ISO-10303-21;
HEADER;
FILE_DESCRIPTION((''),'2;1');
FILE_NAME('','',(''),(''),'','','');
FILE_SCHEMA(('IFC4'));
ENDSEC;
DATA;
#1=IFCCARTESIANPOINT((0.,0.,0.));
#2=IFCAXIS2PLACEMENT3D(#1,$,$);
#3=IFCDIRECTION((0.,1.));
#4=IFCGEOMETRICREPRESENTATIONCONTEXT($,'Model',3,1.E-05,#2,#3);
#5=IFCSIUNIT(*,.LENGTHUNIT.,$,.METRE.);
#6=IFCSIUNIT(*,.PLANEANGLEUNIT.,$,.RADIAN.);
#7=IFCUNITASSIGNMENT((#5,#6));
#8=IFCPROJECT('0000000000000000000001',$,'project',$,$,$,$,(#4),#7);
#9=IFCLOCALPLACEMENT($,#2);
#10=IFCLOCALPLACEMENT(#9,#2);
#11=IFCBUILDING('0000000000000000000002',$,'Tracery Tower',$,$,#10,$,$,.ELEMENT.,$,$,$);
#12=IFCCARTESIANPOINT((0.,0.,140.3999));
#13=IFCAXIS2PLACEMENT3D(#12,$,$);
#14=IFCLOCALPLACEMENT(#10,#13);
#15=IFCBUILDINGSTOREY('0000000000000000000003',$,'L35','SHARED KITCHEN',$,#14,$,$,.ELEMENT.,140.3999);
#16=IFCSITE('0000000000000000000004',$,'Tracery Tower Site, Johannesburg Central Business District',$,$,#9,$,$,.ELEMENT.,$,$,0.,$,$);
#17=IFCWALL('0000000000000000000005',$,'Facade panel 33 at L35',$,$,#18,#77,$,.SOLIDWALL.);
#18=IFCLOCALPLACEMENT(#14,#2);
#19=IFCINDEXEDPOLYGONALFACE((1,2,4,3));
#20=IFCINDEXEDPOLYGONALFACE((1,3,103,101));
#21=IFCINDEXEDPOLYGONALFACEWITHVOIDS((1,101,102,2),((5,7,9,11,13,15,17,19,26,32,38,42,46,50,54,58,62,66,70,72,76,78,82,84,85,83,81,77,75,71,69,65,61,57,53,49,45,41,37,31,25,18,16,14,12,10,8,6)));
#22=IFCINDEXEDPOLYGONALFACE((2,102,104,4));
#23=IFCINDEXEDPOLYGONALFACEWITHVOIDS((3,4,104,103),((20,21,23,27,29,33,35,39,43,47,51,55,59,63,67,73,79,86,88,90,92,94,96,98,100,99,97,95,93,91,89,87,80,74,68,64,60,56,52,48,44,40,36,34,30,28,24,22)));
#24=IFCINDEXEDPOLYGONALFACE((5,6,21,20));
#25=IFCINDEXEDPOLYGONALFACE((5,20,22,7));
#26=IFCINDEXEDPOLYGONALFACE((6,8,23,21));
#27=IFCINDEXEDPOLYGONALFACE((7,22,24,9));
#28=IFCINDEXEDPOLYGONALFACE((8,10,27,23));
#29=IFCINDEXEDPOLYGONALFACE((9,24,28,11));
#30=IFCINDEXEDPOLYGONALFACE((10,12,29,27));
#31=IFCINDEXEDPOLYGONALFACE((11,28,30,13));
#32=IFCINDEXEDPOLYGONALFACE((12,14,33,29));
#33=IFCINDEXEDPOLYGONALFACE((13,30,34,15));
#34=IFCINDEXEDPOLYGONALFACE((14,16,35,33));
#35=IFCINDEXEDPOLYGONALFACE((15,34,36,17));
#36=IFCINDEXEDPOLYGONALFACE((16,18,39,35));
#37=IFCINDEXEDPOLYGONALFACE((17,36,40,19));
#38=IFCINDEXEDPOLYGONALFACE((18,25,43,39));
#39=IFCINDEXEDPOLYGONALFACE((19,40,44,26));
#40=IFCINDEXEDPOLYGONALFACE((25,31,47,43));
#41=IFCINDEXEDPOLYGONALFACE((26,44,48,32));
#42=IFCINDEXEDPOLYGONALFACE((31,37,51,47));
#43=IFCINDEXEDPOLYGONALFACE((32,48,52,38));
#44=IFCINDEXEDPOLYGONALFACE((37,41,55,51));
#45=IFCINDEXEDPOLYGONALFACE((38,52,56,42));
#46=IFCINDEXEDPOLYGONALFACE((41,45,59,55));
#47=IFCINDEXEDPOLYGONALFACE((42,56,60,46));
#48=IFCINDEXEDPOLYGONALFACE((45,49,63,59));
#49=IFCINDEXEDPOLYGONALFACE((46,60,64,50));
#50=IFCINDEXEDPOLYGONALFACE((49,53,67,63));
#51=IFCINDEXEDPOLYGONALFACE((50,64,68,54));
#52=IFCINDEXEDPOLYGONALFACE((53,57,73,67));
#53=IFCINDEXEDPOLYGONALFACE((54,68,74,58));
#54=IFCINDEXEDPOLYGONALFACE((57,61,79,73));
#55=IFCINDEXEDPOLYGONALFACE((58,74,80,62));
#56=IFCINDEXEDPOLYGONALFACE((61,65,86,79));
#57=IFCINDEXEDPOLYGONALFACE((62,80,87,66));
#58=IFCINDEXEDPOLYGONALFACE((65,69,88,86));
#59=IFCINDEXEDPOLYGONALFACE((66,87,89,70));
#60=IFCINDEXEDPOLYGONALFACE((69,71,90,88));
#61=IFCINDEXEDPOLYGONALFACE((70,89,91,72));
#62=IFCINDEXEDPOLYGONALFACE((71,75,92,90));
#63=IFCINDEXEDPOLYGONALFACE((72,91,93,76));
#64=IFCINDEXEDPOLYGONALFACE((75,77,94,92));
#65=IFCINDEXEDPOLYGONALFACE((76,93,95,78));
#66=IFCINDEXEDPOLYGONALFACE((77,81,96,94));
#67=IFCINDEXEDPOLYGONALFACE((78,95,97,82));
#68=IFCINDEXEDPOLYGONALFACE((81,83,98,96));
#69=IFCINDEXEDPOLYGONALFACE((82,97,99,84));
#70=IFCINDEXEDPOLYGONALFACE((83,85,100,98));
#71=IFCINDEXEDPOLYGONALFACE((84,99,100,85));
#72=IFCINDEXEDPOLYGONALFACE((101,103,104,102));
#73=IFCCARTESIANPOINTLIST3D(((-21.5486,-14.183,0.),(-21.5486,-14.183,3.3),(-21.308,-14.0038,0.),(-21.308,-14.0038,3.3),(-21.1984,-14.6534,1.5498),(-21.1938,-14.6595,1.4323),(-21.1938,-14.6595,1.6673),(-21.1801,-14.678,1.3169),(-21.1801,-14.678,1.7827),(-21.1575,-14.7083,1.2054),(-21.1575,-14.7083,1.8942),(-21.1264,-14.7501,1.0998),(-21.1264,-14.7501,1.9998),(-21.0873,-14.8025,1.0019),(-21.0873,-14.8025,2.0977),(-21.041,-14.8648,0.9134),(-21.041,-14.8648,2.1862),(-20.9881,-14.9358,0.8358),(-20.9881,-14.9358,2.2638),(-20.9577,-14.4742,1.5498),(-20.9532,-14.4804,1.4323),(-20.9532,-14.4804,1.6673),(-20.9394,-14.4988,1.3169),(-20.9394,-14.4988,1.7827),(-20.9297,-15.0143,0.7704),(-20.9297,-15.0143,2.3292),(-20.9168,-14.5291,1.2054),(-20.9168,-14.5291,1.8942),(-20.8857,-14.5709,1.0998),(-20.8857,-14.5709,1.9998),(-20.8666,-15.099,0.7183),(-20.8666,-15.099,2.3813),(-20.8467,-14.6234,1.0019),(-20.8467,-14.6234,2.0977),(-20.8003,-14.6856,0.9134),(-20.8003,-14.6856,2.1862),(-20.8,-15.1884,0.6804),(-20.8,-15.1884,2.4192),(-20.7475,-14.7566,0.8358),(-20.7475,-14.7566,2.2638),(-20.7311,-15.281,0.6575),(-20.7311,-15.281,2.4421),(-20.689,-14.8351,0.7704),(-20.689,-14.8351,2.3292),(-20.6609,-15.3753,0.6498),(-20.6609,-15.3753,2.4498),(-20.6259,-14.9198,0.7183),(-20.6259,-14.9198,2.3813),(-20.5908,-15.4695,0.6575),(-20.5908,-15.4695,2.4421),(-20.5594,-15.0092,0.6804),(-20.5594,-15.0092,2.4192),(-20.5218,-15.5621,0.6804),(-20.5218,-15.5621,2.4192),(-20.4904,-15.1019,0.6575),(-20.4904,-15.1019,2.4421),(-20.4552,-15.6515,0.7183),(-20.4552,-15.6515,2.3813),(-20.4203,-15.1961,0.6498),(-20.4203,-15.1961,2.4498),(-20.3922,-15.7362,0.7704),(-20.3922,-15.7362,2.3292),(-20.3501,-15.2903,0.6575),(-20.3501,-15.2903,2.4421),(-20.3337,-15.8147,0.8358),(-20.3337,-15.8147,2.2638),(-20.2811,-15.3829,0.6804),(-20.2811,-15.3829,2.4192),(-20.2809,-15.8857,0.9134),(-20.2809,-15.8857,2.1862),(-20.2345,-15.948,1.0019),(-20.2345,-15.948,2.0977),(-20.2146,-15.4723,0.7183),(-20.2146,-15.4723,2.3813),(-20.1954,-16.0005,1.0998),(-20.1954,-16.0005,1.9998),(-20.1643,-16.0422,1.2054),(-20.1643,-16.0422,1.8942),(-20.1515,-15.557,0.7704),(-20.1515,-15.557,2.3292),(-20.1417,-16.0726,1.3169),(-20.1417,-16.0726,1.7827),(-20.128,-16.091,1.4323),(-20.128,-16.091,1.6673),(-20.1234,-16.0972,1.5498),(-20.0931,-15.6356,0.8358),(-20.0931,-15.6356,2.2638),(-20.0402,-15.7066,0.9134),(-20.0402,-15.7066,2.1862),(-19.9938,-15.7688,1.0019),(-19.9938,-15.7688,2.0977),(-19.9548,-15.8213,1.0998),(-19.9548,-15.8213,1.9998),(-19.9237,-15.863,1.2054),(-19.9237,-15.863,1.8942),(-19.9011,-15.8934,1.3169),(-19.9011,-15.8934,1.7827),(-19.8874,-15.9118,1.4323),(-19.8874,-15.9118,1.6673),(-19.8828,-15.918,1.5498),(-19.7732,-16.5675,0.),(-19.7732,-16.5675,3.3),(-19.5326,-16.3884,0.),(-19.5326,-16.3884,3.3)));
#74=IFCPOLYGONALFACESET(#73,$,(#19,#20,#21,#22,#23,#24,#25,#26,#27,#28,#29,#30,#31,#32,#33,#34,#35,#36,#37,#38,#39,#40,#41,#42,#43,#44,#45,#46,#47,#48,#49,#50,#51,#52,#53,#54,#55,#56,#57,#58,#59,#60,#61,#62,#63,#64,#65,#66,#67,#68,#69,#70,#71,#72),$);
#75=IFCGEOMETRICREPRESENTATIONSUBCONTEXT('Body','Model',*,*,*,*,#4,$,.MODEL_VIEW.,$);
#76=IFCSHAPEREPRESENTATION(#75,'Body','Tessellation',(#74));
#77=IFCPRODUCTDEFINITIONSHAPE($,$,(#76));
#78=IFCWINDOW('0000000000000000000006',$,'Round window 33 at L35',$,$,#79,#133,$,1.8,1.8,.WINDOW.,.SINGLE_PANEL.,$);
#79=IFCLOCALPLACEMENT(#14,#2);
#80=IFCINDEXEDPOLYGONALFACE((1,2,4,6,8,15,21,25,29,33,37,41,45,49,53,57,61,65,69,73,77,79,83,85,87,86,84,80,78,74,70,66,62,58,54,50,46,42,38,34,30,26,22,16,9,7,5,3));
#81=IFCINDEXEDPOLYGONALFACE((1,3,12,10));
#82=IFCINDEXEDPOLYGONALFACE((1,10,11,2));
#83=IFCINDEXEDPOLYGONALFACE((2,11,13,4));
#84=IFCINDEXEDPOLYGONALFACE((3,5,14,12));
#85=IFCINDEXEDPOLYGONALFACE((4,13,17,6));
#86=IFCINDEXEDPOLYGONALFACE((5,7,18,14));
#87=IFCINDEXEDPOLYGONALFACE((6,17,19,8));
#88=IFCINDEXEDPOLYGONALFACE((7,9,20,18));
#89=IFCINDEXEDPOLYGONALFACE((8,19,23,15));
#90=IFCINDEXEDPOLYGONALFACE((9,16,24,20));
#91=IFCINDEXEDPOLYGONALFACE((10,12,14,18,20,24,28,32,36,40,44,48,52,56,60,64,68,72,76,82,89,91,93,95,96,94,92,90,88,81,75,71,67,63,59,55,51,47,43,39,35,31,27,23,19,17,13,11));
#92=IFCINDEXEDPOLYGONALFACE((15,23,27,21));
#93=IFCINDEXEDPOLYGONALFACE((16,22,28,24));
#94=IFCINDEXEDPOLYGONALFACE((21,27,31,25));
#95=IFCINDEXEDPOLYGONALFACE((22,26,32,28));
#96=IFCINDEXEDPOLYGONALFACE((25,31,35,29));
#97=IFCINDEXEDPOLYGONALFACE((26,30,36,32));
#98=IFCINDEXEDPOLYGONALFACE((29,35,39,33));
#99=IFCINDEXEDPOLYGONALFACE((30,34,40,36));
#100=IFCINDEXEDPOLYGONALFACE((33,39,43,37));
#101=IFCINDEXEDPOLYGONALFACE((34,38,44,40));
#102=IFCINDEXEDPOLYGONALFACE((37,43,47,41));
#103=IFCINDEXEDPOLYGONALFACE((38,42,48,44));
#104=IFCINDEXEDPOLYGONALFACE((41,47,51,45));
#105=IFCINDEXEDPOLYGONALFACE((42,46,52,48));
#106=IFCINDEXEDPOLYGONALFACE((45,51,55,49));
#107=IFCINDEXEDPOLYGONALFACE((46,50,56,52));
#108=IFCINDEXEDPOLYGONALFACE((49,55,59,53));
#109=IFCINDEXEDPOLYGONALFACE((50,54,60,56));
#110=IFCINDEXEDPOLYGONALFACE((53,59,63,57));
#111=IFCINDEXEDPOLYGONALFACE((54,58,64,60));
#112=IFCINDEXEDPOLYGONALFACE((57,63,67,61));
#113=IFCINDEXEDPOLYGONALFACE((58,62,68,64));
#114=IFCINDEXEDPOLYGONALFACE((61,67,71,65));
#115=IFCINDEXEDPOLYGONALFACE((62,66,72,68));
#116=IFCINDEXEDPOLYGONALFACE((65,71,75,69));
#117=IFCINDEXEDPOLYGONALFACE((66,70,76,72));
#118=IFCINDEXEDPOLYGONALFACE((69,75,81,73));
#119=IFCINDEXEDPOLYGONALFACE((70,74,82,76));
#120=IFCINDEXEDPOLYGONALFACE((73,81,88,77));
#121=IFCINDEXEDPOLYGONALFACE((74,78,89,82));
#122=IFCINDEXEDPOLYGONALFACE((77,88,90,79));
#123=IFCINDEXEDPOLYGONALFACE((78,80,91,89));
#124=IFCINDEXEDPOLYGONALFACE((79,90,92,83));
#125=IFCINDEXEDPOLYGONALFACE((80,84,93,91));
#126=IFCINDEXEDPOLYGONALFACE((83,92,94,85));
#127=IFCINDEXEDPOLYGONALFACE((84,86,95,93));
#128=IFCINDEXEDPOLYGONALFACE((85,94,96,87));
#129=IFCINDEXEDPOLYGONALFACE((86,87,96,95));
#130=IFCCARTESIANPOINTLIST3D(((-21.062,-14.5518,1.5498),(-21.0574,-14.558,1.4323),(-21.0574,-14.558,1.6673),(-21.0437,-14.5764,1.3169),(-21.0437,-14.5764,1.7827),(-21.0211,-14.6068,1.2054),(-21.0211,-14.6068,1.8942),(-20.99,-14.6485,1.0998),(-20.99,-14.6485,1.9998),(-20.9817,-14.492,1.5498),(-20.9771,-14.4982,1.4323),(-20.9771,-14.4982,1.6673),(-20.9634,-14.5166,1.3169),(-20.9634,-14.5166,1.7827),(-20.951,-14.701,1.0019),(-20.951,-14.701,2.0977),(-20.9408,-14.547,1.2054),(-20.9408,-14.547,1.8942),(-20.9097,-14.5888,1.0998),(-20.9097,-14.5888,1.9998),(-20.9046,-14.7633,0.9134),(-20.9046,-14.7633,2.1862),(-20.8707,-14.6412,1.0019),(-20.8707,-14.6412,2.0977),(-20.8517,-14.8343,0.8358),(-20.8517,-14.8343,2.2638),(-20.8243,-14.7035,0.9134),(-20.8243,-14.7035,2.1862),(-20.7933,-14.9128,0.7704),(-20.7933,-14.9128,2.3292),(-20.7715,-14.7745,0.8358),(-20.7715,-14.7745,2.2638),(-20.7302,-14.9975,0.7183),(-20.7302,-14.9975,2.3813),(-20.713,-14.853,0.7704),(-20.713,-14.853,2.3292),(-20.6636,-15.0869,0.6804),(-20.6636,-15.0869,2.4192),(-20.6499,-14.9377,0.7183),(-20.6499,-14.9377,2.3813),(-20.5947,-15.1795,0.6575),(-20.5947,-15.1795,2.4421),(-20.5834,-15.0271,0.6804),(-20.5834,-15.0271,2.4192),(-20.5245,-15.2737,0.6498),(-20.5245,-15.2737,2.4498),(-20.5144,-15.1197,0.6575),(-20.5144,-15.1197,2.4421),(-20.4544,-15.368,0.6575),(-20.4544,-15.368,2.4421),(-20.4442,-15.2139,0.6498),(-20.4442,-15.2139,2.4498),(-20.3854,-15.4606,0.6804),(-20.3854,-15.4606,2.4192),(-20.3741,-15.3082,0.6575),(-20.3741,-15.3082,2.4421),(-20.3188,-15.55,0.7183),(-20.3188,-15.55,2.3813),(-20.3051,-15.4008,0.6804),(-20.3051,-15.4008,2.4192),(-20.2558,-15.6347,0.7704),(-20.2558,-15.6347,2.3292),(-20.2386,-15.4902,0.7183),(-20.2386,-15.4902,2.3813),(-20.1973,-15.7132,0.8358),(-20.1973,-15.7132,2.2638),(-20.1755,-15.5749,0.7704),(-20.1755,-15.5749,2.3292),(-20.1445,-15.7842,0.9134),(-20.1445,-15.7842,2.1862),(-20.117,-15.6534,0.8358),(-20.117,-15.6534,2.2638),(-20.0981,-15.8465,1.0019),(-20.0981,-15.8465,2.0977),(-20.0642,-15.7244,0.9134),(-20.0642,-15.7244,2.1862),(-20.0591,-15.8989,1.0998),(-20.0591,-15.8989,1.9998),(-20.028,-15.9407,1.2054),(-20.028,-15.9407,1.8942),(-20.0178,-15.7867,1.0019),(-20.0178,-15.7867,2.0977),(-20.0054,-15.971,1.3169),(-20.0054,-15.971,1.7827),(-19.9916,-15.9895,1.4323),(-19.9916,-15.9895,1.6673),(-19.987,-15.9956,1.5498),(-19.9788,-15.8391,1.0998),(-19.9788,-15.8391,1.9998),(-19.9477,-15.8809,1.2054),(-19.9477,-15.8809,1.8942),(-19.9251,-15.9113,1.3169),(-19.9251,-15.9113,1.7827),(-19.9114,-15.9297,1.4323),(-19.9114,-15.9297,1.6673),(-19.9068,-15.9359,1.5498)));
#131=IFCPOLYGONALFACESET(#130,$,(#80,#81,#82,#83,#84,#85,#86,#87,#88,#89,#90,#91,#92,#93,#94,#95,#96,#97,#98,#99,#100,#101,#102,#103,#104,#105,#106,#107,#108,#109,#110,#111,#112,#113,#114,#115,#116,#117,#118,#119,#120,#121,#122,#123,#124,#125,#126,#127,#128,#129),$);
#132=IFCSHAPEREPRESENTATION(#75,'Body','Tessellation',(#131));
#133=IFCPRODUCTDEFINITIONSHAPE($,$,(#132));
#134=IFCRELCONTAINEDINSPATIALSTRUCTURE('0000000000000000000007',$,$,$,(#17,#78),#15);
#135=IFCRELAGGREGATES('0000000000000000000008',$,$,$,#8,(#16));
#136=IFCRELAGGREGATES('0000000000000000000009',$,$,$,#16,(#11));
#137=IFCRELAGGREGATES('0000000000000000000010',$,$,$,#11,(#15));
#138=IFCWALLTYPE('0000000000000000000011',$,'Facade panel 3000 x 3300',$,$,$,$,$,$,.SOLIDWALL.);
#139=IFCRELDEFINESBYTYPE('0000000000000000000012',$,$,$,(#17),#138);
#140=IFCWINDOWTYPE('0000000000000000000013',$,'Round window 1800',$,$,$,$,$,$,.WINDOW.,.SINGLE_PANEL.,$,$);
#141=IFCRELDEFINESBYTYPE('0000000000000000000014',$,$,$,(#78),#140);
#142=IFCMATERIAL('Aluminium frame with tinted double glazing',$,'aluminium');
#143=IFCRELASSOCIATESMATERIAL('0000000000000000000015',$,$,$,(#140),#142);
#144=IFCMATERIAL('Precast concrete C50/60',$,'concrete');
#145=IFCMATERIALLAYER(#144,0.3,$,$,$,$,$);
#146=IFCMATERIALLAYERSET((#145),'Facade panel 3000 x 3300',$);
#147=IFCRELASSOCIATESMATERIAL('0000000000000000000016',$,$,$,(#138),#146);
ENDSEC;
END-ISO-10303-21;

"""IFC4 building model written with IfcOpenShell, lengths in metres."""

from ifc_helpers import new_model, si_unit, direction, frame, frame_2d, origin, origin_2d, place, context, subcontext, project, spatial, rectangle, circle, extrude, material, layer, layer_set, type_object, element, fill, save


model = new_model("IFC4")

# Units and contexts
model_context = context("Model", 3, precision=1e-05, world=origin(), true_north=direction((0.0, 1.0)))
body_context = subcontext(model_context, "Body", "Model", "MODEL_VIEW")
ifc_project = project(units=[si_unit("LENGTHUNIT", "METRE"), si_unit("PLANEANGLEUNIT", "RADIAN")], contexts=[model_context])

# Site, building, storey
site_placement = place(None, origin())
site = spatial("IfcSite", under=ifc_project, at=site_placement, Name="Tracery Tower Site, Johannesburg Central Business District", CompositionType="ELEMENT", RefElevation=0.0)
building_placement = place(site_placement, origin())
building = spatial("IfcBuilding", under=site, at=building_placement, Name="Tracery Tower", CompositionType="ELEMENT")
storey_placement = place(building_placement, frame((0.0, 0.0, 140.3999)))
storey = spatial("IfcBuildingStorey", under=building, at=storey_placement, Name="L35", Description="SHARED KITCHEN", CompositionType="ELEMENT", Elevation=140.3999)

# Wall, opening, window
ifc_material_1 = material(Name="Aluminium frame with tinted double glazing", Category="aluminium")
window_type = type_object("IfcWindowType", Name="Round window 1800", PartitioningType="SINGLE_PANEL", PredefinedType="WINDOW", material=ifc_material_1)
ifc_material_2 = material(Name="Precast concrete C50/60", Category="concrete")
ifc_layer_1 = layer(ifc_material_2, 0.3)
ifc_layer_set_1 = layer_set([ifc_layer_1], Name="Facade panel 3000 x 3300")
wall_type_1 = type_object("IfcWallType", Name="Facade panel 3000 x 3300", PredefinedType="SOLIDWALL", material=ifc_layer_set_1)
wall_1_placement = place(storey_placement, frame((-21.4282, -14.0935, 0.0), z_axis=(0.0, 0.0, 1.0), x_axis=(0.597198, -0.802094, 0.0)))
wall_1 = element("IfcWall", 1, at=wall_1_placement, inside=storey, type_object=wall_type_1, Name="Facade panel 33 at L35", PredefinedType="SOLIDWALL", context=body_context, shape_type="SweptSolid", body=[
    extrude(rectangle(XDim=2.9729, YDim=0.3, at=frame_2d((1.4863, 0.0))), origin(), (0.0, 0.0, 1.0), 3.3),
])
opening_1_placement = place(wall_1_placement, frame((1.4863, 0.0, 1.5498)))
opening_1 = element("IfcOpeningElement", 2, at=opening_1_placement, cuts=wall_1, PredefinedType="OPENING", context=body_context, shape_type="SweptSolid", body=[
    extrude(circle(Radius=0.9, at=origin_2d()), frame((0.0, 0.1599, 0.0), z_axis=(0.0, -1.0, 0.0), x_axis=(1.0, 0.0, 0.0)), (0.0, 0.0, 1.0), 0.3201),
])
window_1_placement = place(opening_1_placement, origin())
window_1 = element("IfcWindow", 3, at=window_1_placement, inside=storey, type_object=window_type, Name="Round window 33 at L35", OverallHeight=1.8, OverallWidth=1.8, PartitioningType="SINGLE_PANEL", PredefinedType="WINDOW", context=body_context, shape_type="SweptSolid", body=[
    extrude(circle(Radius=0.9, at=origin_2d()), frame((0.0, 0.1201, 0.0), z_axis=(0.0, -1.0, 0.0), x_axis=(1.0, 0.0, 0.0)), (0.0, 0.0, 1.0), 0.1001),
])
fill(opening_1, window_1)

save(model, "model.ifc")
